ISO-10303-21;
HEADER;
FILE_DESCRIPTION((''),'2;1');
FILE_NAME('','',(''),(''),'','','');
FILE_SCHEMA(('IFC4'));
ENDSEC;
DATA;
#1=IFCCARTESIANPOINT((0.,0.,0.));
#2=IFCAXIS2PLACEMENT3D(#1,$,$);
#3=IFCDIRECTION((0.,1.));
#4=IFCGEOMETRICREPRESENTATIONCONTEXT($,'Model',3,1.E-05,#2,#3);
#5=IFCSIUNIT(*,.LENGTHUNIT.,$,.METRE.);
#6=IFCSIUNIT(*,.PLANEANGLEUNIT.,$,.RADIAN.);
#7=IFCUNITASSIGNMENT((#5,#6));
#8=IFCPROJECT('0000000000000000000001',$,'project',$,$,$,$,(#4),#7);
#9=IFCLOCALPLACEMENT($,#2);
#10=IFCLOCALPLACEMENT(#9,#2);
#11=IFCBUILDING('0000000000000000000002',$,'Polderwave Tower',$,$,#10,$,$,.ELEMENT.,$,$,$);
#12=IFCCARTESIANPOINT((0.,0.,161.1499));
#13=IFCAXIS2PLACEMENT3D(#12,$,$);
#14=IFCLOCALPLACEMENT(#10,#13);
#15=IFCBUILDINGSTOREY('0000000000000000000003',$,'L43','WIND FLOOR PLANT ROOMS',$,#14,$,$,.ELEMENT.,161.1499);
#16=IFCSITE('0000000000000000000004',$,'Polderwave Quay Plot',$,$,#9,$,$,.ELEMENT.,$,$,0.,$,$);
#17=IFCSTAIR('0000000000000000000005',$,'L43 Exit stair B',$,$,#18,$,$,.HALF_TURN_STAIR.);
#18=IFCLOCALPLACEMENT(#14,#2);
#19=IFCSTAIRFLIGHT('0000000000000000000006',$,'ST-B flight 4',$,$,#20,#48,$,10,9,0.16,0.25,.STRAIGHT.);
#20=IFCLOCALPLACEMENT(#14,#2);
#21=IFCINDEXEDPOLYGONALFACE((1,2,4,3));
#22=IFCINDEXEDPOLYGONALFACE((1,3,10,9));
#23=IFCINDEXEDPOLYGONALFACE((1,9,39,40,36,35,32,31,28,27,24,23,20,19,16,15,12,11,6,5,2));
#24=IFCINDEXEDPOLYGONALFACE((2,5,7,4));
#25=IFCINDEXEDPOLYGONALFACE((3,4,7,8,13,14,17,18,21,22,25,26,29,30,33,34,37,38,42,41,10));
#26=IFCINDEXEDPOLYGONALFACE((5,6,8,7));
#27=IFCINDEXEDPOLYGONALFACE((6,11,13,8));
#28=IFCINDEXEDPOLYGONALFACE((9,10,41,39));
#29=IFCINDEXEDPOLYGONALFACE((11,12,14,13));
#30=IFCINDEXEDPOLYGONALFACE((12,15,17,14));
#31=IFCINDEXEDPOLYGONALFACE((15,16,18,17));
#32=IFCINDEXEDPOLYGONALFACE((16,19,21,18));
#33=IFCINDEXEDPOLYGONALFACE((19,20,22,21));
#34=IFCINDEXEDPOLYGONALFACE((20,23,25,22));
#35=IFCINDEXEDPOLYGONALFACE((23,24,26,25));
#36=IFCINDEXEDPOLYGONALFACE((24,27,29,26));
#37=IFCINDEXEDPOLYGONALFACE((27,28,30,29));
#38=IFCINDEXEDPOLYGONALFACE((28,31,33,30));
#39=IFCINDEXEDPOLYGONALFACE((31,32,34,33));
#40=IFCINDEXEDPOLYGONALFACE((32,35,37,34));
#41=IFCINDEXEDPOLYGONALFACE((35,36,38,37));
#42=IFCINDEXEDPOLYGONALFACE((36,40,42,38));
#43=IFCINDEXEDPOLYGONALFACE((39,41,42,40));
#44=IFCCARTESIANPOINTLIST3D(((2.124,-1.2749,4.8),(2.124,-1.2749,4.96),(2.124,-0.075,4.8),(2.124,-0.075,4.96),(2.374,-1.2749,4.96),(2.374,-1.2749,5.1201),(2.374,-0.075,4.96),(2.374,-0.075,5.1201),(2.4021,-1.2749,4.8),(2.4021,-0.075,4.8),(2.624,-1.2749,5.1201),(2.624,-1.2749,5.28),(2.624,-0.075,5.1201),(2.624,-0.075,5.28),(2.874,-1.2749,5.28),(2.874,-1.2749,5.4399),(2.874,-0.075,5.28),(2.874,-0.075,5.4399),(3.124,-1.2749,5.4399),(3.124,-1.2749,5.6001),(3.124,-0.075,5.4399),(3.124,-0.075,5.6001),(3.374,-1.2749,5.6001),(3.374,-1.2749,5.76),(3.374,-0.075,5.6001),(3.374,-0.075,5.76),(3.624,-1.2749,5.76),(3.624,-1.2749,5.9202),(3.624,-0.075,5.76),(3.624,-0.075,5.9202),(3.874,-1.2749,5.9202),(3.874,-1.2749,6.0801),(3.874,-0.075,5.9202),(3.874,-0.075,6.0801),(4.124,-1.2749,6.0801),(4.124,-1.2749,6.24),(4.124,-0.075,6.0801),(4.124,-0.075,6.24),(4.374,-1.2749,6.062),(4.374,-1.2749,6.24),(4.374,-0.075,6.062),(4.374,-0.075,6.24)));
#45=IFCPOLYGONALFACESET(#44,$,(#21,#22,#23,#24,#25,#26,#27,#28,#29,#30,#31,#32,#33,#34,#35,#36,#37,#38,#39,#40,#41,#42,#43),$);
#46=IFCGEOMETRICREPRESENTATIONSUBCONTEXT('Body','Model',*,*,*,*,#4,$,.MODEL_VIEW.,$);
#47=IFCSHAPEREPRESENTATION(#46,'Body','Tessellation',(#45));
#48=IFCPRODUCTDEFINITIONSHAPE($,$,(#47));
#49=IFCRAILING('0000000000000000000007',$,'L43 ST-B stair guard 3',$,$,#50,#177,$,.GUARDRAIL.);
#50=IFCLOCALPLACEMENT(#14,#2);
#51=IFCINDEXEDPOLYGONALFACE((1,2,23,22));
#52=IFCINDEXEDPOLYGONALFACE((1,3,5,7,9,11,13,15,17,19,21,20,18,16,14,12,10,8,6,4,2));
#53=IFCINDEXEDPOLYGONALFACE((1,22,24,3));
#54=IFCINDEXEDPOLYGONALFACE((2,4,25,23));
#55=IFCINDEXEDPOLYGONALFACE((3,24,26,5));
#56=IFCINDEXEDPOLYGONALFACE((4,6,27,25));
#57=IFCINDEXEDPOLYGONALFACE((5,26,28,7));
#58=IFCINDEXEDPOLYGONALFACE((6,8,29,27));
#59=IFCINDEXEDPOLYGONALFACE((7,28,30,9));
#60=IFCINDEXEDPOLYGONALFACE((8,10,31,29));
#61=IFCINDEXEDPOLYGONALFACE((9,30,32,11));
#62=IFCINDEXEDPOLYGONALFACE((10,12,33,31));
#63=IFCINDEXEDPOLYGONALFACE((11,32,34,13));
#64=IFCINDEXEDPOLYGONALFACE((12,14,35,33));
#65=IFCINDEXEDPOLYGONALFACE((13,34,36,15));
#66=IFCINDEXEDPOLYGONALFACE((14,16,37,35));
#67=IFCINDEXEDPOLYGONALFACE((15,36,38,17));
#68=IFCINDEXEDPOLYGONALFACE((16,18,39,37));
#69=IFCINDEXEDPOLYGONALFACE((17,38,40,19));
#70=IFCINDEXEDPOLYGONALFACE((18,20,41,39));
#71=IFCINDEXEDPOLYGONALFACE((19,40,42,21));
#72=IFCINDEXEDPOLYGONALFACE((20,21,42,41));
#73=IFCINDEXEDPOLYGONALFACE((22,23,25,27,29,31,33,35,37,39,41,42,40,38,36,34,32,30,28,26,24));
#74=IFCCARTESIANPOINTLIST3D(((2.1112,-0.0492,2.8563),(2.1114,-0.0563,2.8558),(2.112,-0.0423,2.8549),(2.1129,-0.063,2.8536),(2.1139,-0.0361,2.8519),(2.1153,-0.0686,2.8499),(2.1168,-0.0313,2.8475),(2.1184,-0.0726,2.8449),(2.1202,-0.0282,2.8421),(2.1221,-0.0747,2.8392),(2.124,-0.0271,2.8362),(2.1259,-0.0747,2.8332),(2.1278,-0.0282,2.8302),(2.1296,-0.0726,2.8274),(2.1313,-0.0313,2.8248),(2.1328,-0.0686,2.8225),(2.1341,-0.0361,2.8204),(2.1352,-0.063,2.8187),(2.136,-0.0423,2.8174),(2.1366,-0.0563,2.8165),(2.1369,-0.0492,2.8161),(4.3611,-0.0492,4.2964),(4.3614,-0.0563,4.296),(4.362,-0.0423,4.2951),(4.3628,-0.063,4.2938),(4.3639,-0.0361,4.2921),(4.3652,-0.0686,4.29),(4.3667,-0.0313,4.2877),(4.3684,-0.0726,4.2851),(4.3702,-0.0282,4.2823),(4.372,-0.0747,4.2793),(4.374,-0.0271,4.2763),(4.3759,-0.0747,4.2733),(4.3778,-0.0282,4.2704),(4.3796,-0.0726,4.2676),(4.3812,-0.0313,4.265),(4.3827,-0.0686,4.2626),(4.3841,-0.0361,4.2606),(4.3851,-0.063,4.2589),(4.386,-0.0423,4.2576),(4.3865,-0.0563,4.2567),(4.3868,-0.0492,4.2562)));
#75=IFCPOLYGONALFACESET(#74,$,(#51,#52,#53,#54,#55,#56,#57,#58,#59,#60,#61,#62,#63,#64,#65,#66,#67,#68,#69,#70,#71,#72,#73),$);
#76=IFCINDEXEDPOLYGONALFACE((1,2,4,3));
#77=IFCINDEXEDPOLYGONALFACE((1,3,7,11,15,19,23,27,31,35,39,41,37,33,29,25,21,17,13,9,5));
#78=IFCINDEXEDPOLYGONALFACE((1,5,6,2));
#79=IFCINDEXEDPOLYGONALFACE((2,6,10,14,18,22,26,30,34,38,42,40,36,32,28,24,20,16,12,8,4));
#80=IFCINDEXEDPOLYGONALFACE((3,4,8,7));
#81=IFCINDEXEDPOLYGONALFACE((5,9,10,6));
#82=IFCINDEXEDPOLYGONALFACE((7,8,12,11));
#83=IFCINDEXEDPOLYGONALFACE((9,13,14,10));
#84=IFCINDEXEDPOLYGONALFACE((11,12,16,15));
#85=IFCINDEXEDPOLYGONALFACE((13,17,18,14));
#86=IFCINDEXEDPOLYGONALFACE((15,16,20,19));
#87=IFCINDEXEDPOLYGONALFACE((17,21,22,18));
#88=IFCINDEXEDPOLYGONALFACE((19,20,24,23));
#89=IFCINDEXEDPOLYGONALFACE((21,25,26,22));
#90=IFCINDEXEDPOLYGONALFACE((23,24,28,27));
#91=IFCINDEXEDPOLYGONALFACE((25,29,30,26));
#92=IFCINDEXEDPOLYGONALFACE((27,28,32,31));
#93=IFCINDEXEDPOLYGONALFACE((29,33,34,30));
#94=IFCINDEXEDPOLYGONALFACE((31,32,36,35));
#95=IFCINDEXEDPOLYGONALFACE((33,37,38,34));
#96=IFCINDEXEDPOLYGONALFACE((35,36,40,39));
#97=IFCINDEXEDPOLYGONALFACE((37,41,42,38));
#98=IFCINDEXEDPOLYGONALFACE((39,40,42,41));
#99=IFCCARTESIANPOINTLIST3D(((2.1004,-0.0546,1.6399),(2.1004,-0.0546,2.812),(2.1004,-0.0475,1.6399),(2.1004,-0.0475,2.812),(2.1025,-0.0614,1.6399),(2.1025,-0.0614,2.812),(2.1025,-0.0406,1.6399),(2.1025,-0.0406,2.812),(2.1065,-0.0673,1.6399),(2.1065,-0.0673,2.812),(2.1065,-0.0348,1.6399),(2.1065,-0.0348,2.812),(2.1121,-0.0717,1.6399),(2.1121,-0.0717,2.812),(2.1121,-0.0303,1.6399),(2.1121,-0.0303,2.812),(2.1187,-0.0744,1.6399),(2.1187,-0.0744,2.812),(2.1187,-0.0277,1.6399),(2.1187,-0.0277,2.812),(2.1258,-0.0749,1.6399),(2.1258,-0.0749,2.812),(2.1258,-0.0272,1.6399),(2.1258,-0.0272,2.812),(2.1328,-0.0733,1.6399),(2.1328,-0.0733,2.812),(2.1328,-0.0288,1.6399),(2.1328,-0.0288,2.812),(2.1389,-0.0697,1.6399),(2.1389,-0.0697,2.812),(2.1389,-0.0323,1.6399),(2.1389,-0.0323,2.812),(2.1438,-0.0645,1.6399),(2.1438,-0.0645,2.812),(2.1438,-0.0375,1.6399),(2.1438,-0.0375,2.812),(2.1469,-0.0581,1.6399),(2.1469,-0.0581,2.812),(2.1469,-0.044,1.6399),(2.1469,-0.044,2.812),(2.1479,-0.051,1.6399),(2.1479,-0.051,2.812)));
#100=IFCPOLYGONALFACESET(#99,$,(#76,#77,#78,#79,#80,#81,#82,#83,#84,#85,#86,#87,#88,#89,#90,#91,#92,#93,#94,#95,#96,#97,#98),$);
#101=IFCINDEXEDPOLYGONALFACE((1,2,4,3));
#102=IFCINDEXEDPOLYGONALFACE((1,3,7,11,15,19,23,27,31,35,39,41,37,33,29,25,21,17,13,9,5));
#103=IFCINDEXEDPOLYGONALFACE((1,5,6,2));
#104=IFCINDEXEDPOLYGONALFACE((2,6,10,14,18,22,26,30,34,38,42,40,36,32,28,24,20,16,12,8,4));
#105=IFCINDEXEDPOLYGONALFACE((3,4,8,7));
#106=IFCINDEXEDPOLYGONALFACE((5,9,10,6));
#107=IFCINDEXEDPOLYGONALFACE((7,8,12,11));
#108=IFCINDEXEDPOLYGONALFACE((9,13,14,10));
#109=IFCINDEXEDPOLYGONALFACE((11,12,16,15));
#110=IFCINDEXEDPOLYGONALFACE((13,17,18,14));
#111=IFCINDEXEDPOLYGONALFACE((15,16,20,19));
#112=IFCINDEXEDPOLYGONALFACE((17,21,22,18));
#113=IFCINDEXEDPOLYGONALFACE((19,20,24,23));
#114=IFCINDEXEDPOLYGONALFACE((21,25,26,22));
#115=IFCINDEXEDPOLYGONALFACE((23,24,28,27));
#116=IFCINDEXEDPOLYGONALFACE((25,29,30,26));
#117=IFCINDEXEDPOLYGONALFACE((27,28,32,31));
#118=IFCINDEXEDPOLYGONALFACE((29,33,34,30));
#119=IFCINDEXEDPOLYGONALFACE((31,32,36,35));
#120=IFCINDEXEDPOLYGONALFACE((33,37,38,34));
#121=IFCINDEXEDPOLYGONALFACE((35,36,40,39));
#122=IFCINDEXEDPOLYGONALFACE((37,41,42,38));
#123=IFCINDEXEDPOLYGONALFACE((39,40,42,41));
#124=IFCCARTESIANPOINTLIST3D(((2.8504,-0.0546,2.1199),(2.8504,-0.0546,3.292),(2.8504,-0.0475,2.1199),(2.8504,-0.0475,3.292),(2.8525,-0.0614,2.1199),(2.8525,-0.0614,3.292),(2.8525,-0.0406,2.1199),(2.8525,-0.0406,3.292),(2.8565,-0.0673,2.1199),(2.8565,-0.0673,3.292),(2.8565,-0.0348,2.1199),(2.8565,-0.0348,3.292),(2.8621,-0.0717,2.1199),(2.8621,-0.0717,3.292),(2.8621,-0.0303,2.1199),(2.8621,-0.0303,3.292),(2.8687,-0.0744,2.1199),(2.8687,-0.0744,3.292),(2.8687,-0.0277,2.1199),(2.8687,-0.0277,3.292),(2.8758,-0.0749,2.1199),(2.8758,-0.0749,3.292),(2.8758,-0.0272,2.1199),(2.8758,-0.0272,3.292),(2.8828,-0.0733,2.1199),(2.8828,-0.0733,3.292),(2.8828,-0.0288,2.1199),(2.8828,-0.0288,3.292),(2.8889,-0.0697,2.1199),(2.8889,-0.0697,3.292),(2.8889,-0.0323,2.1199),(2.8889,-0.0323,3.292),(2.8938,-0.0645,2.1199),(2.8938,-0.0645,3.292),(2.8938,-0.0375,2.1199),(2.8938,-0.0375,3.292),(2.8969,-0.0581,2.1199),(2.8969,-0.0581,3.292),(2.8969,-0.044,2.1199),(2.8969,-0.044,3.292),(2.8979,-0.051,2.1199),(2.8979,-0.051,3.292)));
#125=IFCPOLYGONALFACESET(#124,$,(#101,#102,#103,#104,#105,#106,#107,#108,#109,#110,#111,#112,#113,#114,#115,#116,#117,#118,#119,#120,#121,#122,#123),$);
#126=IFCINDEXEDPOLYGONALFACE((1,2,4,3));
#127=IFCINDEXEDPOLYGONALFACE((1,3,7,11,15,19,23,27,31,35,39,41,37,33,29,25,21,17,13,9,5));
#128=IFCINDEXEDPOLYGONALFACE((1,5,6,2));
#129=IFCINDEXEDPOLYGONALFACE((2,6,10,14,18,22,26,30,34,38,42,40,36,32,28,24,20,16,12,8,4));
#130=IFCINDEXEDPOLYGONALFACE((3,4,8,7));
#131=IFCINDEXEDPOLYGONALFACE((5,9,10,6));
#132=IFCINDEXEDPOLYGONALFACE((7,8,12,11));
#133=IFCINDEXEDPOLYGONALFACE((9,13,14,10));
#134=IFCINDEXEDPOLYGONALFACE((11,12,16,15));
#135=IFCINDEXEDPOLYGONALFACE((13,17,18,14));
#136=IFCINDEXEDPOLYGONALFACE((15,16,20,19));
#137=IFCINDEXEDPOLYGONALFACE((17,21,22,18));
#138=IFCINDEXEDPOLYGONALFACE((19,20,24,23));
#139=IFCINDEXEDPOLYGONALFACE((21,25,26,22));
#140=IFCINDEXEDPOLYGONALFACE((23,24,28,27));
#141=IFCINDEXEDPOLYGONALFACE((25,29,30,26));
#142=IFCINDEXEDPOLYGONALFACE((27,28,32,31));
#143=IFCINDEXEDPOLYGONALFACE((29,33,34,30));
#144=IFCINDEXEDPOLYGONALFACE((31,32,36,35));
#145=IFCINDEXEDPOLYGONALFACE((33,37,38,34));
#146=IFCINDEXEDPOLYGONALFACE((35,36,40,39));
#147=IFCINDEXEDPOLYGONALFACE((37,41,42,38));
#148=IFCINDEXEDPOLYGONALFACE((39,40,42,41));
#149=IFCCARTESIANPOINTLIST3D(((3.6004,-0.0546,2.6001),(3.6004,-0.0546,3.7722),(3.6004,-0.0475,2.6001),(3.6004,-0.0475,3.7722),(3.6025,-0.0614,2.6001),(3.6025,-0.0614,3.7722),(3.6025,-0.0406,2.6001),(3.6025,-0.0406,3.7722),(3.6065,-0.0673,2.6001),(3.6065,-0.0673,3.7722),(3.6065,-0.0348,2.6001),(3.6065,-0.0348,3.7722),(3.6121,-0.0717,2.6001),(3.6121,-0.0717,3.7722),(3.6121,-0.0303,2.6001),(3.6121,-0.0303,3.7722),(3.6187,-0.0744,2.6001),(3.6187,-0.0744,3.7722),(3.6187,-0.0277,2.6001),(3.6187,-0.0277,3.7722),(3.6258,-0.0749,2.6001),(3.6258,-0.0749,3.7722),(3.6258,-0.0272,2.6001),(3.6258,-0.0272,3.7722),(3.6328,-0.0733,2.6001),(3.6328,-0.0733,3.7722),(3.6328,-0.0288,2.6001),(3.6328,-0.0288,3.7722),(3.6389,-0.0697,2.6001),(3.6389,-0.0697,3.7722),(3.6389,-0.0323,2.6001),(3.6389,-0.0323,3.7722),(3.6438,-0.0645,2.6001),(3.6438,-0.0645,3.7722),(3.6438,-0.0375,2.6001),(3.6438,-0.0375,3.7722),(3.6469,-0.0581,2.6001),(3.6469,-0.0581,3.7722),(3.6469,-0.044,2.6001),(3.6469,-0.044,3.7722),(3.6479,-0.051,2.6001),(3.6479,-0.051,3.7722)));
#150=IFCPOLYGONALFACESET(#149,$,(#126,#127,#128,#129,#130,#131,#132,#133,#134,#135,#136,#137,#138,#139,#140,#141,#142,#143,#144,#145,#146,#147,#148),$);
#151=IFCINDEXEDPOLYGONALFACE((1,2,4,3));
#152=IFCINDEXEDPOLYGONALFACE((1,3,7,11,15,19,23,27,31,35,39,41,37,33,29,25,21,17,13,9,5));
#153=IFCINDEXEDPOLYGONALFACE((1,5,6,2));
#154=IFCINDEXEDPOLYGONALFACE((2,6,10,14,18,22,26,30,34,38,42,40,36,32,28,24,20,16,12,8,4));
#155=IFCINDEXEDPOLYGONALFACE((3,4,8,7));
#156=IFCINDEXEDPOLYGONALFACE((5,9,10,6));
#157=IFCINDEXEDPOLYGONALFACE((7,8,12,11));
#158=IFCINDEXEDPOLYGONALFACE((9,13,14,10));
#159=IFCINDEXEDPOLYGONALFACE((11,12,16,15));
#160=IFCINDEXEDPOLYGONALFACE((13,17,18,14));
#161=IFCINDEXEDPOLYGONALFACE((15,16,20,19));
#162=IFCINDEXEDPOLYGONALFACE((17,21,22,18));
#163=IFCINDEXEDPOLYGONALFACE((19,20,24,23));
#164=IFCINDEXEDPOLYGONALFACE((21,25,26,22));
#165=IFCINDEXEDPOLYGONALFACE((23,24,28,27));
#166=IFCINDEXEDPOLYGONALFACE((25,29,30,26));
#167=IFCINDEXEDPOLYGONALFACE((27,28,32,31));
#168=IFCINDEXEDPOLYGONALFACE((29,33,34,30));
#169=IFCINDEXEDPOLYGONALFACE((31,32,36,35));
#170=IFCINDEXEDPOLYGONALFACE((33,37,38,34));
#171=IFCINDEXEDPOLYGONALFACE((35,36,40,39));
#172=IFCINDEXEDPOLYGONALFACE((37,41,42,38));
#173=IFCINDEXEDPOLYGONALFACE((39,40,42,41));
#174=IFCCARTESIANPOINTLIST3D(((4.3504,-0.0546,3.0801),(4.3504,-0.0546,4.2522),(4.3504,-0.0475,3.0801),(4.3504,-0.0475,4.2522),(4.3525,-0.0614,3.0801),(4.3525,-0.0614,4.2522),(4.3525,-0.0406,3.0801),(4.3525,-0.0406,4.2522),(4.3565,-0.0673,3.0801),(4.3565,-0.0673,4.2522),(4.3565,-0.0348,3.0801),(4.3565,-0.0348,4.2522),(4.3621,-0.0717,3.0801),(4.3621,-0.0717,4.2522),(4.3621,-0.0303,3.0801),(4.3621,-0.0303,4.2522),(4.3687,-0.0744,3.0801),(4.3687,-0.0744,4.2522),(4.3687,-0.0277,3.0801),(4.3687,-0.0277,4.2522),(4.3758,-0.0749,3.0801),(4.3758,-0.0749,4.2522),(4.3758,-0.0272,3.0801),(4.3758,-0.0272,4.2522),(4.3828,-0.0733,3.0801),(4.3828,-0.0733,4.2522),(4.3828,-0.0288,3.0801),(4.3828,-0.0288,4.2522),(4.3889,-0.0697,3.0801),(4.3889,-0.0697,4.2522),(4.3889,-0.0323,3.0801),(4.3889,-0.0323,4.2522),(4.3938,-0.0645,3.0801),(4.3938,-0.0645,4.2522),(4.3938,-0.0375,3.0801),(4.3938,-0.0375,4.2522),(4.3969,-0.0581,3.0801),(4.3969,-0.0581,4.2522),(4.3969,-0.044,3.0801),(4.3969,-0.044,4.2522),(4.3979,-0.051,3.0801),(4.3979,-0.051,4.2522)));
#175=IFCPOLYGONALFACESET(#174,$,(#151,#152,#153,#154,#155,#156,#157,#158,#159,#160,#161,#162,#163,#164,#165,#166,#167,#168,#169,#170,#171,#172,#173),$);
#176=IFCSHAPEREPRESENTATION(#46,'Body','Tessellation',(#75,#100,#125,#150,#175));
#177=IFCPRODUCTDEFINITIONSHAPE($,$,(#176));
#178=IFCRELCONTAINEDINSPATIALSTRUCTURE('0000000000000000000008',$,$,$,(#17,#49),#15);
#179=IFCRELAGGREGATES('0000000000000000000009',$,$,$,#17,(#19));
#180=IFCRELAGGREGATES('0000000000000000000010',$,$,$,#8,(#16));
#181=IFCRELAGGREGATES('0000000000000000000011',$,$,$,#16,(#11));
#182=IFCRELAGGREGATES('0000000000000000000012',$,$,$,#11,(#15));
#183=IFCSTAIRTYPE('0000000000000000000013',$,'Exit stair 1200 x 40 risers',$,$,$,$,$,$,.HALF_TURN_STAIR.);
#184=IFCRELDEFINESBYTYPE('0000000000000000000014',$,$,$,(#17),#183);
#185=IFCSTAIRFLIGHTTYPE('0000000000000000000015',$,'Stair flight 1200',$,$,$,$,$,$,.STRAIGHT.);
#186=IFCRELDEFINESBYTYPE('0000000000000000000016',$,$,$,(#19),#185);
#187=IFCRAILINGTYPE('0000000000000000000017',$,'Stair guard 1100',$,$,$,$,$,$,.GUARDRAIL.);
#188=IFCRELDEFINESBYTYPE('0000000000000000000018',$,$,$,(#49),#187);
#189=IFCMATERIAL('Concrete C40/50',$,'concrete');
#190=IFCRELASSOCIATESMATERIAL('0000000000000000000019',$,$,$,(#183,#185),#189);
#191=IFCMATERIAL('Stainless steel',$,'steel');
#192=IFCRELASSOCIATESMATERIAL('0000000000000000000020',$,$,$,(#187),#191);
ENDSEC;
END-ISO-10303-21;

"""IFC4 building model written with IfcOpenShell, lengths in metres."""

from ifc_helpers import new_model, si_unit, direction, frame, origin, origin_2d, place, context, subcontext, project, spatial, polyline, circle, outline, extrude, material, type_object, element, aggregate, save


model = new_model("IFC4")

# Units and contexts
model_context = context("Model", 3, precision=1e-05, world=origin(), true_north=direction((0.0, 1.0)))
body_context = subcontext(model_context, "Body", "Model", "MODEL_VIEW")
ifc_project = project(units=[si_unit("LENGTHUNIT", "METRE"), si_unit("PLANEANGLEUNIT", "RADIAN")], contexts=[model_context])

# Site, building, storey
site_placement = place(None, origin())
site = spatial("IfcSite", under=ifc_project, at=site_placement, Name="Polderwave Quay Plot", CompositionType="ELEMENT", RefElevation=0.0)
building_placement = place(site_placement, origin())
building = spatial("IfcBuilding", under=site, at=building_placement, Name="Polderwave Tower", CompositionType="ELEMENT")
storey_placement = place(building_placement, frame((0.0, 0.0, 161.1499)))
storey = spatial("IfcBuildingStorey", under=building, at=storey_placement, Name="L43", Description="WIND FLOOR PLANT ROOMS", CompositionType="ELEMENT", Elevation=161.1499)

# Stair, stair flight
ifc_material_1 = material(Name="Concrete C40/50", Category="concrete")
stair_type = type_object("IfcStairType", Name="Exit stair 1200 x 40 risers", PredefinedType="HALF_TURN_STAIR", material=ifc_material_1)
stair_placement = place(storey_placement, origin())
stair = element("IfcStair", 1, at=stair_placement, inside=storey, type_object=stair_type, Name="L43 Exit stair B", PredefinedType="HALF_TURN_STAIR")
stair_flight_type = type_object("IfcStairFlightType", Name="Stair flight 1200", PredefinedType="STRAIGHT", material=ifc_material_1)
stair_flight_1_placement = place(storey_placement, frame((2.124, -0.675, 4.8), z_axis=(0.0, 0.0, 1.0), x_axis=(1.0, 0.0, 0.0)))
stair_flight_1 = element("IfcStairFlight", 2, at=stair_flight_1_placement, type_object=stair_flight_type, Name="ST-B flight 4", NumberOfRisers=10, NumberOfTreads=9, PredefinedType="STRAIGHT", RiserHeight=0.16, TreadLength=0.25, context=body_context, shape_type="SweptSolid", body=[
    extrude(outline(polyline([(0.0, 0.0), (0.0, 0.1599), (0.25, 0.1599), (0.25, 0.3201), (0.5, 0.3201), (0.5, 0.48), (0.75, 0.48), (0.75, 0.6399), (1.0, 0.6399), (1.0, 0.8), (1.25, 0.8), (1.25, 0.96), (1.5, 0.96), (1.5, 1.1201), (1.75, 1.1201), (1.75, 1.28), (2.0, 1.28), (2.0, 1.4399), (2.25, 1.4399), (2.25, 1.6001), (2.25, 1.262), (0.2781, 0.0), (0.0, 0.0)])), frame((0.0, 0.6001, 0.0), z_axis=(0.0, -1.0, 0.0), x_axis=(1.0, 0.0, 0.0)), (0.0, 0.0, 1.0), 1.2),
])
aggregate(stair, [stair_flight_1])

# Railing
ifc_material_2 = material(Name="Stainless steel", Category="steel")
railing_type_1 = type_object("IfcRailingType", Name="Stair guard 1100", PredefinedType="GUARDRAIL", material=ifc_material_2)
railing_1_placement = place(storey_placement, frame((2.124, -0.051, 1.6399)))
element("IfcRailing", 3, at=railing_1_placement, inside=storey, type_object=railing_type_1, Name="L43 ST-B stair guard 3", PredefinedType="GUARDRAIL", context=body_context, shape_type="SweptSolid", body=[
    extrude(circle(Radius=0.0239, at=origin_2d()), frame((0.0, 0.0, 1.1963), z_axis=(0.84224, 0.0, 0.539103), x_axis=(0.0, 1.0, 0.0)), (0.0, 0.0, 1.0), 2.6714),
    extrude(circle(Radius=0.0239, at=origin_2d()), origin(), (0.0, 0.0, 1.0), 1.1721),
    extrude(circle(Radius=0.0239, at=origin_2d()), frame((0.75, 0.0, 0.48)), (0.0, 0.0, 1.0), 1.1721),
    extrude(circle(Radius=0.0239, at=origin_2d()), frame((1.5, 0.0, 0.9602)), (0.0, 0.0, 1.0), 1.1721),
    extrude(circle(Radius=0.0239, at=origin_2d()), frame((2.25, 0.0, 1.4402)), (0.0, 0.0, 1.0), 1.1721),
])

save(model, "model.ifc")
